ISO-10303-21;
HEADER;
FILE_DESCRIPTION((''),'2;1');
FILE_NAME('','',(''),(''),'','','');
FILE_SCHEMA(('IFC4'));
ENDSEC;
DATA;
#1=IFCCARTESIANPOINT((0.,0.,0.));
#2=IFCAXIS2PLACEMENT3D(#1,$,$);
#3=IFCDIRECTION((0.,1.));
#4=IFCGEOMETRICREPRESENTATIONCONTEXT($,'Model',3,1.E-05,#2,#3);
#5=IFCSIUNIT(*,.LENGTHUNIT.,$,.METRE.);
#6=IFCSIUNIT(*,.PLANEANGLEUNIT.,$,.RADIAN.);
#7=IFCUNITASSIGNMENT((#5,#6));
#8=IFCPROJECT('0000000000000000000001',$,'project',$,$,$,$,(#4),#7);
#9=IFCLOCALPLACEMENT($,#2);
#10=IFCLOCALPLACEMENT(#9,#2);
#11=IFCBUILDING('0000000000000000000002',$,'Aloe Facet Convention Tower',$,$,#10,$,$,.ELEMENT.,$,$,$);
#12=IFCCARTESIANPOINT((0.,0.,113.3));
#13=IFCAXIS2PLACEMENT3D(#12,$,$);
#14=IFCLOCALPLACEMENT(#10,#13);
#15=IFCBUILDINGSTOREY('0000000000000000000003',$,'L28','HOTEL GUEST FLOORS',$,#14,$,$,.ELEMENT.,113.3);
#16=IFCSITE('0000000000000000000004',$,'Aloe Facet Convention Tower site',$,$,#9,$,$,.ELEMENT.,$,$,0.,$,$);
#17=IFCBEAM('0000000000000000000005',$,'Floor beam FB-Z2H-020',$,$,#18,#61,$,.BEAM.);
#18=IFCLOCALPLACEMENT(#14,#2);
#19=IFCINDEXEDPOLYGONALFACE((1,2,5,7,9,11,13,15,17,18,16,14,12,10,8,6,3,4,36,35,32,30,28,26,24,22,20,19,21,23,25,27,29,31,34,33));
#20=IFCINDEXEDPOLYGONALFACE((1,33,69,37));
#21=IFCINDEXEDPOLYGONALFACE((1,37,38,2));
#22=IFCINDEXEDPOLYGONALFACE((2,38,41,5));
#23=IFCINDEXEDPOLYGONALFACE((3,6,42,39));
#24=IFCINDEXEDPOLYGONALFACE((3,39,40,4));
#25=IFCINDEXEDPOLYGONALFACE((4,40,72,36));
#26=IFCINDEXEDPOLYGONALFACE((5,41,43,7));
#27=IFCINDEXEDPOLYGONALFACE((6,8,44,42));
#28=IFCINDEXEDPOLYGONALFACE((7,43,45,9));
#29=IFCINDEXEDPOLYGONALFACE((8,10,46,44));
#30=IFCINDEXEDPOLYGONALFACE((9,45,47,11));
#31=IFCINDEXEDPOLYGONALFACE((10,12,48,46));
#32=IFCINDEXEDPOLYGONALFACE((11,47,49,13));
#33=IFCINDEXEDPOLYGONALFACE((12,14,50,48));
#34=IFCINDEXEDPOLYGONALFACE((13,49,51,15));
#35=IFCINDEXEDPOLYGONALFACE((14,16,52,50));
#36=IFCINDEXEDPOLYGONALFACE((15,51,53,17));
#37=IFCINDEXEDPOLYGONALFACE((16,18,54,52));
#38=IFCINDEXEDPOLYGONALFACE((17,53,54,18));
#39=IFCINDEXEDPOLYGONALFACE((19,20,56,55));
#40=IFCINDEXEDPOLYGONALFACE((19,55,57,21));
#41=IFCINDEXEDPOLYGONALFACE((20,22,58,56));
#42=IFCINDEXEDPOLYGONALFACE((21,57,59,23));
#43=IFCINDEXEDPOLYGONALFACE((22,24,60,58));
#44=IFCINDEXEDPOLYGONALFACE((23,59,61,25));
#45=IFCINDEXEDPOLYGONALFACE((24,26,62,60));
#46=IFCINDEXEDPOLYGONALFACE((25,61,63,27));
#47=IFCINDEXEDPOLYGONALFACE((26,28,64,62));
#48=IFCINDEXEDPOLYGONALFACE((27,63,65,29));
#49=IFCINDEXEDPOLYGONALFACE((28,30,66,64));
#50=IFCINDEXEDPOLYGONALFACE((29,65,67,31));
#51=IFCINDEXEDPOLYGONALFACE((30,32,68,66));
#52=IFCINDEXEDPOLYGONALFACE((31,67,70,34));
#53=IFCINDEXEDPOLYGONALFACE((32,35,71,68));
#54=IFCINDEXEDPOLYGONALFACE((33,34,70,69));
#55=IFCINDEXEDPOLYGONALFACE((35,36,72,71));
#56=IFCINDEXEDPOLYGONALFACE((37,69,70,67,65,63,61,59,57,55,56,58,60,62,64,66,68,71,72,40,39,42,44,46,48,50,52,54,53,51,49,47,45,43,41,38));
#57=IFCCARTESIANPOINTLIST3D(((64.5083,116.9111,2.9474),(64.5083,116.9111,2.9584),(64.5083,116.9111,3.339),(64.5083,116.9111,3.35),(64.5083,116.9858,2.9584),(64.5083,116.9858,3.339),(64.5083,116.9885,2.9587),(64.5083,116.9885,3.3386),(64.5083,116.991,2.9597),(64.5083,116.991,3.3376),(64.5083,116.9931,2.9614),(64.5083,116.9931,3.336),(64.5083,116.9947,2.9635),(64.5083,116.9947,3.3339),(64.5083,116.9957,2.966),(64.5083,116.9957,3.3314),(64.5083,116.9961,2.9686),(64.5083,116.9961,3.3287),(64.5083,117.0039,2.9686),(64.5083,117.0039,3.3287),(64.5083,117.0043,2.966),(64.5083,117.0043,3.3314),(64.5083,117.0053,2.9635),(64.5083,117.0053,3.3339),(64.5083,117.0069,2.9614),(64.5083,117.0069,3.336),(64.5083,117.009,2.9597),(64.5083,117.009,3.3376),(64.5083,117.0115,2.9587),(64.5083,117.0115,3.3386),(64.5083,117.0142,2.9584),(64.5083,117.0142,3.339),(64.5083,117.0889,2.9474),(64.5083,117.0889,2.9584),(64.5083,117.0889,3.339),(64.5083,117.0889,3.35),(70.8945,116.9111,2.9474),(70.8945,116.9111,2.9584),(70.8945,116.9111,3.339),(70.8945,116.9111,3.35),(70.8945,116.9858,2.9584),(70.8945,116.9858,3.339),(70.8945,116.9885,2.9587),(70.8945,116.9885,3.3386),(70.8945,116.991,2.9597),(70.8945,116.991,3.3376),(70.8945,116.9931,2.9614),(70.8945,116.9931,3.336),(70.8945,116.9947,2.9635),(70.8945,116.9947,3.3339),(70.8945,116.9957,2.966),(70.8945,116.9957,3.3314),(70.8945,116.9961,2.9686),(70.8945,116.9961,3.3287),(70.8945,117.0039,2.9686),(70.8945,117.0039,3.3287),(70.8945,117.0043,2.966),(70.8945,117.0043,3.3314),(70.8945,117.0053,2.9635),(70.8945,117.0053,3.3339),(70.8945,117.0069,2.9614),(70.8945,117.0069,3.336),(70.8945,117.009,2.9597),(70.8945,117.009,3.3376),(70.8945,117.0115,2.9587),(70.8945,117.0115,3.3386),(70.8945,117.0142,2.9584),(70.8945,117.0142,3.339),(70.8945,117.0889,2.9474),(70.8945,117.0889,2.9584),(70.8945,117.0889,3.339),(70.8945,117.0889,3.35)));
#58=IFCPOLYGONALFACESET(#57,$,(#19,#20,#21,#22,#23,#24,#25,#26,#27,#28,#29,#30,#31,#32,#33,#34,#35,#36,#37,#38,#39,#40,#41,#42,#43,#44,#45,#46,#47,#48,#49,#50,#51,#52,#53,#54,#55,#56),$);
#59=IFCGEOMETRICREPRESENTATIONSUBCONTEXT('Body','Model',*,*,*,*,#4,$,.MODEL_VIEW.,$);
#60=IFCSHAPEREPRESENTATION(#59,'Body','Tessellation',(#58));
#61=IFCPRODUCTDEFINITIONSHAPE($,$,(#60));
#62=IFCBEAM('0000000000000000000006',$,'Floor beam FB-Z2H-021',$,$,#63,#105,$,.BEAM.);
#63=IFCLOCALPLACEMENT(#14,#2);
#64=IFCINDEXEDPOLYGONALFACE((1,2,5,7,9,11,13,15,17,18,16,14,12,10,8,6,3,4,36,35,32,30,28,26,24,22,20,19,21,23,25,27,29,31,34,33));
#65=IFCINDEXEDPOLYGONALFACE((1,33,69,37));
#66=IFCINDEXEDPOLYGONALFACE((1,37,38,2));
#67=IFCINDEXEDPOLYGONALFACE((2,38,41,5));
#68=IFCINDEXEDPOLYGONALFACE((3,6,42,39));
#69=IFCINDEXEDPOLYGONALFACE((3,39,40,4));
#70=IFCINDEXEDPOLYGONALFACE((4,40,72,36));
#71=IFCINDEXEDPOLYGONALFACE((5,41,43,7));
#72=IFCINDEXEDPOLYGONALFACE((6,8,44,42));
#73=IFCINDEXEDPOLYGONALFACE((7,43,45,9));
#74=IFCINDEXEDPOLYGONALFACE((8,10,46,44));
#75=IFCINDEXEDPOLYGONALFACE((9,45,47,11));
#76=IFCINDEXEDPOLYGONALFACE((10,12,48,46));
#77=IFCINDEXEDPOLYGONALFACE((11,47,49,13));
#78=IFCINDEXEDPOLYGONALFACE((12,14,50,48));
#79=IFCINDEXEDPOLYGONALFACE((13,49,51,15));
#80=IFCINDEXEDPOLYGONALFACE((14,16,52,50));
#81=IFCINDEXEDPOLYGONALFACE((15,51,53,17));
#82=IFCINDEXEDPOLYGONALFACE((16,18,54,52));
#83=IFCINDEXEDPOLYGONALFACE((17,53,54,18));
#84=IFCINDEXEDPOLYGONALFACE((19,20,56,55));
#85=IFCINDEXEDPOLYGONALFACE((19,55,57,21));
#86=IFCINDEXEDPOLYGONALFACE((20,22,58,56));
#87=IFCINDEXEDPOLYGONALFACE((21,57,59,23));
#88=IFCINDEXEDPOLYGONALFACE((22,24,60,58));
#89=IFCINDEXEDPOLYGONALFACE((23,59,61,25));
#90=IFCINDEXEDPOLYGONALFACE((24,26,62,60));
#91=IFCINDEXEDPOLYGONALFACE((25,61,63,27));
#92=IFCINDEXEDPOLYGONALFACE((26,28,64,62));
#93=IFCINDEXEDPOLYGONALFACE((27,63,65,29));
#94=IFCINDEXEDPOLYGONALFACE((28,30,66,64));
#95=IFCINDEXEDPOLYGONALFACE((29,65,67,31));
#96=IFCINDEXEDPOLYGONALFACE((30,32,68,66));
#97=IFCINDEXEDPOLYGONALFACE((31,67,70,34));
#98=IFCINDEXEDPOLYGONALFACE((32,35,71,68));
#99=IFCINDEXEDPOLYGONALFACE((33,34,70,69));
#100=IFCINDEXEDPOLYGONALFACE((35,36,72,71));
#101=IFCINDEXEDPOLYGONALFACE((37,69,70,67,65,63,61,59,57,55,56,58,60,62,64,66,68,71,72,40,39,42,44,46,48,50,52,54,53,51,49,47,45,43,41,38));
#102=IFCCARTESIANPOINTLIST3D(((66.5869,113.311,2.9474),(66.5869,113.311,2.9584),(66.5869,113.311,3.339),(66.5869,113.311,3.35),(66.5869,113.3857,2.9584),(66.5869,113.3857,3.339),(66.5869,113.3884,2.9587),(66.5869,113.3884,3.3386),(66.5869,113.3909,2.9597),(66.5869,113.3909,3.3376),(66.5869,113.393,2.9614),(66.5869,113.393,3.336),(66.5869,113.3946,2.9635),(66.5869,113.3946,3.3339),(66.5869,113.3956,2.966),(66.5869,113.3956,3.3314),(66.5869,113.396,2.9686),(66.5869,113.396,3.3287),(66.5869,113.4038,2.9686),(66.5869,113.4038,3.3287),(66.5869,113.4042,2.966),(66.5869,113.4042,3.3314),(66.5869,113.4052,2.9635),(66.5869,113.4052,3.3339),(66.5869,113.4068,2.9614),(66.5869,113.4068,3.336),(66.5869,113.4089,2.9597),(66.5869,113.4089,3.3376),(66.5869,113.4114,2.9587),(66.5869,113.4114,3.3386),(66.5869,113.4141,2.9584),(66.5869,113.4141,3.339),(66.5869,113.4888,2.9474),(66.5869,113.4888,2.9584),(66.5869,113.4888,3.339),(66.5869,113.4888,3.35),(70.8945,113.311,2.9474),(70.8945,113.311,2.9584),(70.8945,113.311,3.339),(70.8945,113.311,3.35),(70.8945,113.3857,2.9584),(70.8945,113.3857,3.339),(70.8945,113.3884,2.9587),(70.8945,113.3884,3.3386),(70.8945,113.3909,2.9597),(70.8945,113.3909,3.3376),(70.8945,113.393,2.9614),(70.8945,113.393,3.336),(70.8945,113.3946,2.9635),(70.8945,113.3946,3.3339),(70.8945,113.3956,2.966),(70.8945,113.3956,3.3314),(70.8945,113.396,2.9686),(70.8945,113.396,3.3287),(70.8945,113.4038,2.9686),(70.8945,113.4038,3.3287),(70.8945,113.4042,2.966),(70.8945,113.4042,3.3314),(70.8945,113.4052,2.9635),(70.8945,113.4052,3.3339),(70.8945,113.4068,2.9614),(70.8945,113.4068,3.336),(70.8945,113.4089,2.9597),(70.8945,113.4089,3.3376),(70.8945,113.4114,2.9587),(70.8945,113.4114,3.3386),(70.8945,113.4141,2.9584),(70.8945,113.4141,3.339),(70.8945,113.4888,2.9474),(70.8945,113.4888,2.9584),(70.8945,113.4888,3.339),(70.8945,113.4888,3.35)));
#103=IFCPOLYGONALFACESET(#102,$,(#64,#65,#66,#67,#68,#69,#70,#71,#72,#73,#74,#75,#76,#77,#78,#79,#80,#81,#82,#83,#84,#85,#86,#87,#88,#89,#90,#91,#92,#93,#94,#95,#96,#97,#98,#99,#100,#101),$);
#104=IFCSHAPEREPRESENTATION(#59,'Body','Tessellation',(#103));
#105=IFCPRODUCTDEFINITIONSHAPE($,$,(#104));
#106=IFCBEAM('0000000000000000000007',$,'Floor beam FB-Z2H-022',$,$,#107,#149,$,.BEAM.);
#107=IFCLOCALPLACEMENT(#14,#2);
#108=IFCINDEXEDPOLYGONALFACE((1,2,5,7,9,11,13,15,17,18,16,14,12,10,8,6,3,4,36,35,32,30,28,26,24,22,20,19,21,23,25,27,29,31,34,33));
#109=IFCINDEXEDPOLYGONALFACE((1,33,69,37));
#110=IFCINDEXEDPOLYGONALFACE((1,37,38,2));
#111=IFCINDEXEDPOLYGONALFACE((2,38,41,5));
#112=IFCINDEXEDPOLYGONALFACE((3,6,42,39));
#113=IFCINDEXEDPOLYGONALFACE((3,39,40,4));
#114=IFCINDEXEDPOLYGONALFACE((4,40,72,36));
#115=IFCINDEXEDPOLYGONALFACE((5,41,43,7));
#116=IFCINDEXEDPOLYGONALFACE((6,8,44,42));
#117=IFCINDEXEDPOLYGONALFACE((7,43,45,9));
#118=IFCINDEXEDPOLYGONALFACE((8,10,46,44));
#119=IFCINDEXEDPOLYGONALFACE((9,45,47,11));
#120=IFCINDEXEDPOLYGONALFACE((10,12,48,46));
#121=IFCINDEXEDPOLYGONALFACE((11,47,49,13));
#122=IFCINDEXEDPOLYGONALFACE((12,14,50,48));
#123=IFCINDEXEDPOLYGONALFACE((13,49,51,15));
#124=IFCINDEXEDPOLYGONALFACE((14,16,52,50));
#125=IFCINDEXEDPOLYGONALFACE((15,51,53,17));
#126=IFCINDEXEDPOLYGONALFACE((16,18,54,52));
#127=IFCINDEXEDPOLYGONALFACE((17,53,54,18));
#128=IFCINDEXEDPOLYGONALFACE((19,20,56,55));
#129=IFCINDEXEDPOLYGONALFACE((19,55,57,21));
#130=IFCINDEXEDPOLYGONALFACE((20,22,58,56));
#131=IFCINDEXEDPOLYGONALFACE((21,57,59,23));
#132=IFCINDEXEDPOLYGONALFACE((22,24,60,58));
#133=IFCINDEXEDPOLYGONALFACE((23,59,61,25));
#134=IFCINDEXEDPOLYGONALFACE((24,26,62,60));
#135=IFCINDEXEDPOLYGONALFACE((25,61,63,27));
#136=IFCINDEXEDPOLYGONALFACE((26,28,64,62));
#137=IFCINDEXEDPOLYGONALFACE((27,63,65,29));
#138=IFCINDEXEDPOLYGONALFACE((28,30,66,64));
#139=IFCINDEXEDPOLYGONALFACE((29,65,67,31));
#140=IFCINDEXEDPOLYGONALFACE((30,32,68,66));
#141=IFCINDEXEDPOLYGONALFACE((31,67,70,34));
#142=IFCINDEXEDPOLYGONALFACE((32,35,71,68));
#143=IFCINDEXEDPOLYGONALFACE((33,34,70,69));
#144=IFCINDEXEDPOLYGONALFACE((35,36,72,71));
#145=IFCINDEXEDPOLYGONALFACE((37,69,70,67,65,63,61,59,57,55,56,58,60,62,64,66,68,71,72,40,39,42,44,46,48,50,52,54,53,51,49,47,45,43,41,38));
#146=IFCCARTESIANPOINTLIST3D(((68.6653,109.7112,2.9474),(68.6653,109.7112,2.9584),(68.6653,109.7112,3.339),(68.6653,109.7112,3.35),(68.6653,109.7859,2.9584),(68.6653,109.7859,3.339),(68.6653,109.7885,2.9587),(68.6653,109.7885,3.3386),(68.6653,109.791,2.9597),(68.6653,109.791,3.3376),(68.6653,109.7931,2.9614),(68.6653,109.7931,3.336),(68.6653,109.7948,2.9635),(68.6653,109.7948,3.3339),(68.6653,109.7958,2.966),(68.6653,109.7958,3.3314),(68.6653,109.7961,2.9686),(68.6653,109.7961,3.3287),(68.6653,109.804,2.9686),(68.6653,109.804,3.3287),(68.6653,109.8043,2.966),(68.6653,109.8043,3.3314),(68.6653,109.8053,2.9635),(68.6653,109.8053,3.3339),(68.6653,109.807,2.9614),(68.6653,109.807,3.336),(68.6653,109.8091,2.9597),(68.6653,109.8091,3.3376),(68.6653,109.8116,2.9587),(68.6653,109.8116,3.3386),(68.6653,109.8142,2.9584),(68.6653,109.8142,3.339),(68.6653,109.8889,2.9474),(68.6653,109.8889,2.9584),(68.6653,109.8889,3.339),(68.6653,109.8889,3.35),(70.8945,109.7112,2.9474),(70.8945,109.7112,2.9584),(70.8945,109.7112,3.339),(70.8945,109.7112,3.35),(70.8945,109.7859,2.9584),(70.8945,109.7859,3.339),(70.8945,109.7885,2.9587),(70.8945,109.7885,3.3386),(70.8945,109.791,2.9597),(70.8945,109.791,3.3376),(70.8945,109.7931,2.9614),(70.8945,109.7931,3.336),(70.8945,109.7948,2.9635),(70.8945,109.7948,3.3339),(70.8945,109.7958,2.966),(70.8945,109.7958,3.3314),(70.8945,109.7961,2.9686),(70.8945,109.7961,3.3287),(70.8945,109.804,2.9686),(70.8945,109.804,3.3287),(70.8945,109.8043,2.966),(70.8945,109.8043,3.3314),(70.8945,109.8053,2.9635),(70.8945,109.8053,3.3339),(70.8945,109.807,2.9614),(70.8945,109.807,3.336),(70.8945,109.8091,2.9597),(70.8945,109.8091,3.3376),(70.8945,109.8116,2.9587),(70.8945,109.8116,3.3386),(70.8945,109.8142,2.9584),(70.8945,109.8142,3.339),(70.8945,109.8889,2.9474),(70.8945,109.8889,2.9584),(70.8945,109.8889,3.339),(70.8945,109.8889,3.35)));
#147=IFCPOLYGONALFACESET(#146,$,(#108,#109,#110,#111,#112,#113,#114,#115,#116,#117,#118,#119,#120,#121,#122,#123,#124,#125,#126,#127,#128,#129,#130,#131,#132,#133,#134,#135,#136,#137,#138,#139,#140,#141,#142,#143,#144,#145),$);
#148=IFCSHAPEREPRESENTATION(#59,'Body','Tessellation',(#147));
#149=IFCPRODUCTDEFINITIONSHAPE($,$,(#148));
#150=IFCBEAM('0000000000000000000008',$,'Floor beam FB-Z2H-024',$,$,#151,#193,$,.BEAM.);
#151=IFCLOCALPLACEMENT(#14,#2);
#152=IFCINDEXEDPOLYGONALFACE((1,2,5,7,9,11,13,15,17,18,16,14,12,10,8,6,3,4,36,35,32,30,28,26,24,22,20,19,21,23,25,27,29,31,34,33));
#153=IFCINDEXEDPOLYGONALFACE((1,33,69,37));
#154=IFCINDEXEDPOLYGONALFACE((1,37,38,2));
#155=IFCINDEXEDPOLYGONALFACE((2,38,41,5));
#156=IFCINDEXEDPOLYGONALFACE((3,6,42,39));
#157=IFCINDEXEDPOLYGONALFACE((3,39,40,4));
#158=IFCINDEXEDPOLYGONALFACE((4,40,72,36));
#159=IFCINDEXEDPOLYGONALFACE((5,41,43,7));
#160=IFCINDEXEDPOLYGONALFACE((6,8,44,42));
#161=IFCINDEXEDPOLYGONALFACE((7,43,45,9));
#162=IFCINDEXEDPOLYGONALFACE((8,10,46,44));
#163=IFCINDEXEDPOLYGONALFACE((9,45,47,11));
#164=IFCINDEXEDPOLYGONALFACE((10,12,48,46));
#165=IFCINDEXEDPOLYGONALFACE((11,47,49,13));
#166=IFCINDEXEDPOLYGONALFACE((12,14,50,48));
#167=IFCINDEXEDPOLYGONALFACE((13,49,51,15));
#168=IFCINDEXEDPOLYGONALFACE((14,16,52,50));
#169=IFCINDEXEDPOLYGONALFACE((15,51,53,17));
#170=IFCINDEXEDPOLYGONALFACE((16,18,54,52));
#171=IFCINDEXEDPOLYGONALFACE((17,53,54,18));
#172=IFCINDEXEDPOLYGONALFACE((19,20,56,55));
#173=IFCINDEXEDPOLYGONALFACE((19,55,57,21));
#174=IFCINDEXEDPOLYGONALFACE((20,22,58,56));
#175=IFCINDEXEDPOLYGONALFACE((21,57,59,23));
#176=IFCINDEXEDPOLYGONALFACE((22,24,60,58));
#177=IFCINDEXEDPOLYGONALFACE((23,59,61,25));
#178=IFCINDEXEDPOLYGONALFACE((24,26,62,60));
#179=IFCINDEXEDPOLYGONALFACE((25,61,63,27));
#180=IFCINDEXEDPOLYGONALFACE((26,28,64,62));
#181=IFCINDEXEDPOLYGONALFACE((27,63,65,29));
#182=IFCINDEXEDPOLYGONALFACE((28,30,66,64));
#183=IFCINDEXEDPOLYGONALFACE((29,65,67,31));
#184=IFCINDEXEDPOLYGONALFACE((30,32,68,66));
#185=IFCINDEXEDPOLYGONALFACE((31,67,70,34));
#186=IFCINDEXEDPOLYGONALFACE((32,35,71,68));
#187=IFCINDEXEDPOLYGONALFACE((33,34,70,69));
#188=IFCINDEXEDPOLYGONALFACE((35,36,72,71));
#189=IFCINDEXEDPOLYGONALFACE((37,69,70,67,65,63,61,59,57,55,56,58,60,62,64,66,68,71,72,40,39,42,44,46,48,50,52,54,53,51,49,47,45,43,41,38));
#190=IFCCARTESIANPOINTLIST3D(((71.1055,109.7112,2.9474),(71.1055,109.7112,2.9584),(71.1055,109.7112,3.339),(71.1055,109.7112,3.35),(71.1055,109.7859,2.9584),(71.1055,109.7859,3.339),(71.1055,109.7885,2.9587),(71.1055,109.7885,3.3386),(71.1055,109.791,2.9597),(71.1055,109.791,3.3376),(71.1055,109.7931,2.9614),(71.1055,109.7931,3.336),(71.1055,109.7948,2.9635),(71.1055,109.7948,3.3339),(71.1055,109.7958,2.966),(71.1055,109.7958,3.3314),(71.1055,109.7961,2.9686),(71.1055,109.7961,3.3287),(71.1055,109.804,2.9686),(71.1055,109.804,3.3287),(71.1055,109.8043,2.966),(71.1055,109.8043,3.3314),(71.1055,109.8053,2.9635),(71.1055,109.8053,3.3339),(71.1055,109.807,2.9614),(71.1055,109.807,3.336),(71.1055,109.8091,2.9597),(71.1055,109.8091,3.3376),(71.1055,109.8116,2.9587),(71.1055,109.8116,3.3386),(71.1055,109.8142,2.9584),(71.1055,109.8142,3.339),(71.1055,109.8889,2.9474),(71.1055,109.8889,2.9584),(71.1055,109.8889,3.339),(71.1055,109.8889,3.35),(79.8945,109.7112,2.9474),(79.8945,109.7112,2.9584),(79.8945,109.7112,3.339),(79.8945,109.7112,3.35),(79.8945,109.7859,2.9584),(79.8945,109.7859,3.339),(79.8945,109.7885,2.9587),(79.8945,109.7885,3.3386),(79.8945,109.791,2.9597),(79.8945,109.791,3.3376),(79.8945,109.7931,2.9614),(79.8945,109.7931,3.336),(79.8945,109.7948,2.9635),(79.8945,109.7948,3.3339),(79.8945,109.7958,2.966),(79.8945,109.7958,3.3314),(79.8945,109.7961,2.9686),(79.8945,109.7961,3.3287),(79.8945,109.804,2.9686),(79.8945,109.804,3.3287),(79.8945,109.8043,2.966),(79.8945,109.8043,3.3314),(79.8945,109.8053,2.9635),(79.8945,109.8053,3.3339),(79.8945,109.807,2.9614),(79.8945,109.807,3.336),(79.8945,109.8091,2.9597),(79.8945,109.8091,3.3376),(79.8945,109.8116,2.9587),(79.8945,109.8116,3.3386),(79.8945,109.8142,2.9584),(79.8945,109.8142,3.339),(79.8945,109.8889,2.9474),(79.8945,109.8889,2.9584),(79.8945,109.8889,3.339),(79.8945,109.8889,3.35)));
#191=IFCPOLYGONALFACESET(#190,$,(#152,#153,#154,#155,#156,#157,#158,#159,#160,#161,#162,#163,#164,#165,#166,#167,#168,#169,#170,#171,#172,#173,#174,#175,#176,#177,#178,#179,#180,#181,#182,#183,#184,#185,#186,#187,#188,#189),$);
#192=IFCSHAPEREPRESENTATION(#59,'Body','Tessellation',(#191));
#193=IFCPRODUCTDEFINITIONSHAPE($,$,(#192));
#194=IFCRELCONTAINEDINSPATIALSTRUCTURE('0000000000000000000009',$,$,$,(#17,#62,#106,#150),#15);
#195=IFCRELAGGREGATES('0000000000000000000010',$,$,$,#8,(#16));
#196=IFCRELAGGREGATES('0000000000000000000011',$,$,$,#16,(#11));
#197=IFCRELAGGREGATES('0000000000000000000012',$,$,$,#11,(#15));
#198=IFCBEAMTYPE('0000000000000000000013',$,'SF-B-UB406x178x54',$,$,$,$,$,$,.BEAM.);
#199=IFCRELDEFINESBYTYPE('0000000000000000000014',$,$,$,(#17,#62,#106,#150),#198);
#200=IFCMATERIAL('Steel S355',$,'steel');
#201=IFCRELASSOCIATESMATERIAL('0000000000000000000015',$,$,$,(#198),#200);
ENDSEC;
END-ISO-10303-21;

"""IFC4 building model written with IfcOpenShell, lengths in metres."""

from ifc_helpers import new_model, si_unit, direction, frame, origin, origin_2d, place, context, subcontext, project, spatial, i_section, extrude, material, material_profile, profile_set, type_object, element, save


model = new_model("IFC4")

# Units and contexts
model_context = context("Model", 3, precision=1e-05, world=origin(), true_north=direction((0.0, 1.0)))
body_context = subcontext(model_context, "Body", "Model", "MODEL_VIEW")
ifc_project = project(units=[si_unit("LENGTHUNIT", "METRE"), si_unit("PLANEANGLEUNIT", "RADIAN")], contexts=[model_context])

# Site, building, storey
site_placement = place(None, origin())
site = spatial("IfcSite", under=ifc_project, at=site_placement, Name="Aloe Facet Convention Tower site", CompositionType="ELEMENT", RefElevation=0.0)
building_placement = place(site_placement, origin())
building = spatial("IfcBuilding", under=site, at=building_placement, Name="Aloe Facet Convention Tower", CompositionType="ELEMENT")
storey_placement = place(building_placement, frame((0.0, 0.0, 113.3)))
storey = spatial("IfcBuildingStorey", under=building, at=storey_placement, Name="L28", Description="HOTEL GUEST FLOORS", CompositionType="ELEMENT", Elevation=113.3)

# Beams
ifc_material_1 = material(Name="Steel S355", Category="steel")
ifc_material_profile = material_profile(ifc_material_1, i_section(OverallWidth=0.1777, OverallDepth=0.4026, WebThickness=0.0078, FlangeThickness=0.011, FilletRadius=0.0103, at=origin_2d()), Name="UB 406x178x54")
ifc_profile_set = profile_set([ifc_material_profile], Name="Steel S355")
beam_type = type_object("IfcBeamType", Name="SF-B-UB406x178x54", PredefinedType="BEAM", material=ifc_profile_set)
beam_1_placement = place(storey_placement, frame((64.5083, 117.0, 3.1487), z_axis=(1.0, 0.0, 0.0), x_axis=(0.0, 1.0, 0.0)))
element("IfcBeam", 1, at=beam_1_placement, inside=storey, type_object=beam_type, Name="Floor beam FB-Z2H-020", PredefinedType="BEAM", context=body_context, shape_type="SweptSolid", body=[
    extrude(i_section(OverallWidth=0.1777, OverallDepth=0.4026, WebThickness=0.0078, FlangeThickness=0.011, FilletRadius=0.0103, at=origin_2d()), origin(), (0.0, 0.0, 1.0), 6.3862),
])
beam_2_placement = place(storey_placement, frame((66.5869, 113.3999, 3.1487), z_axis=(1.0, 0.0, 0.0), x_axis=(0.0, 1.0, 0.0)))
element("IfcBeam", 2, at=beam_2_placement, inside=storey, type_object=beam_type, Name="Floor beam FB-Z2H-021", PredefinedType="BEAM", context=body_context, shape_type="SweptSolid", body=[
    extrude(i_section(OverallWidth=0.1777, OverallDepth=0.4026, WebThickness=0.0078, FlangeThickness=0.011, FilletRadius=0.0103, at=origin_2d()), origin(), (0.0, 0.0, 1.0), 4.3076),
])
beam_3_placement = place(storey_placement, frame((68.6653, 109.8, 3.1487), z_axis=(1.0, 0.0, 0.0), x_axis=(0.0, 1.0, 0.0)))
element("IfcBeam", 3, at=beam_3_placement, inside=storey, type_object=beam_type, Name="Floor beam FB-Z2H-022", PredefinedType="BEAM", context=body_context, shape_type="SweptSolid", body=[
    extrude(i_section(OverallWidth=0.1777, OverallDepth=0.4026, WebThickness=0.0078, FlangeThickness=0.011, FilletRadius=0.0103, at=origin_2d()), origin(), (0.0, 0.0, 1.0), 2.2292),
])
for number, where, z_axis, x_axis, name in (
    (4, (71.1055, 109.8, 3.1487), (1.0, 0.0, 0.0), (0.0, 1.0, 0.0), "Floor beam FB-Z2H-024"),
):
    element("IfcBeam", number, at=place(storey_placement, frame(where, z_axis=z_axis, x_axis=x_axis)), inside=storey, type_object=beam_type, Name=name, PredefinedType="BEAM", context=body_context, shape_type="SweptSolid", body=[
        extrude(i_section(OverallWidth=0.1777, OverallDepth=0.4026, WebThickness=0.0078, FlangeThickness=0.011, FilletRadius=0.0103, at=origin_2d()), origin(), (0.0, 0.0, 1.0), 8.7891),
    ])

save(model, "model.ifc")
